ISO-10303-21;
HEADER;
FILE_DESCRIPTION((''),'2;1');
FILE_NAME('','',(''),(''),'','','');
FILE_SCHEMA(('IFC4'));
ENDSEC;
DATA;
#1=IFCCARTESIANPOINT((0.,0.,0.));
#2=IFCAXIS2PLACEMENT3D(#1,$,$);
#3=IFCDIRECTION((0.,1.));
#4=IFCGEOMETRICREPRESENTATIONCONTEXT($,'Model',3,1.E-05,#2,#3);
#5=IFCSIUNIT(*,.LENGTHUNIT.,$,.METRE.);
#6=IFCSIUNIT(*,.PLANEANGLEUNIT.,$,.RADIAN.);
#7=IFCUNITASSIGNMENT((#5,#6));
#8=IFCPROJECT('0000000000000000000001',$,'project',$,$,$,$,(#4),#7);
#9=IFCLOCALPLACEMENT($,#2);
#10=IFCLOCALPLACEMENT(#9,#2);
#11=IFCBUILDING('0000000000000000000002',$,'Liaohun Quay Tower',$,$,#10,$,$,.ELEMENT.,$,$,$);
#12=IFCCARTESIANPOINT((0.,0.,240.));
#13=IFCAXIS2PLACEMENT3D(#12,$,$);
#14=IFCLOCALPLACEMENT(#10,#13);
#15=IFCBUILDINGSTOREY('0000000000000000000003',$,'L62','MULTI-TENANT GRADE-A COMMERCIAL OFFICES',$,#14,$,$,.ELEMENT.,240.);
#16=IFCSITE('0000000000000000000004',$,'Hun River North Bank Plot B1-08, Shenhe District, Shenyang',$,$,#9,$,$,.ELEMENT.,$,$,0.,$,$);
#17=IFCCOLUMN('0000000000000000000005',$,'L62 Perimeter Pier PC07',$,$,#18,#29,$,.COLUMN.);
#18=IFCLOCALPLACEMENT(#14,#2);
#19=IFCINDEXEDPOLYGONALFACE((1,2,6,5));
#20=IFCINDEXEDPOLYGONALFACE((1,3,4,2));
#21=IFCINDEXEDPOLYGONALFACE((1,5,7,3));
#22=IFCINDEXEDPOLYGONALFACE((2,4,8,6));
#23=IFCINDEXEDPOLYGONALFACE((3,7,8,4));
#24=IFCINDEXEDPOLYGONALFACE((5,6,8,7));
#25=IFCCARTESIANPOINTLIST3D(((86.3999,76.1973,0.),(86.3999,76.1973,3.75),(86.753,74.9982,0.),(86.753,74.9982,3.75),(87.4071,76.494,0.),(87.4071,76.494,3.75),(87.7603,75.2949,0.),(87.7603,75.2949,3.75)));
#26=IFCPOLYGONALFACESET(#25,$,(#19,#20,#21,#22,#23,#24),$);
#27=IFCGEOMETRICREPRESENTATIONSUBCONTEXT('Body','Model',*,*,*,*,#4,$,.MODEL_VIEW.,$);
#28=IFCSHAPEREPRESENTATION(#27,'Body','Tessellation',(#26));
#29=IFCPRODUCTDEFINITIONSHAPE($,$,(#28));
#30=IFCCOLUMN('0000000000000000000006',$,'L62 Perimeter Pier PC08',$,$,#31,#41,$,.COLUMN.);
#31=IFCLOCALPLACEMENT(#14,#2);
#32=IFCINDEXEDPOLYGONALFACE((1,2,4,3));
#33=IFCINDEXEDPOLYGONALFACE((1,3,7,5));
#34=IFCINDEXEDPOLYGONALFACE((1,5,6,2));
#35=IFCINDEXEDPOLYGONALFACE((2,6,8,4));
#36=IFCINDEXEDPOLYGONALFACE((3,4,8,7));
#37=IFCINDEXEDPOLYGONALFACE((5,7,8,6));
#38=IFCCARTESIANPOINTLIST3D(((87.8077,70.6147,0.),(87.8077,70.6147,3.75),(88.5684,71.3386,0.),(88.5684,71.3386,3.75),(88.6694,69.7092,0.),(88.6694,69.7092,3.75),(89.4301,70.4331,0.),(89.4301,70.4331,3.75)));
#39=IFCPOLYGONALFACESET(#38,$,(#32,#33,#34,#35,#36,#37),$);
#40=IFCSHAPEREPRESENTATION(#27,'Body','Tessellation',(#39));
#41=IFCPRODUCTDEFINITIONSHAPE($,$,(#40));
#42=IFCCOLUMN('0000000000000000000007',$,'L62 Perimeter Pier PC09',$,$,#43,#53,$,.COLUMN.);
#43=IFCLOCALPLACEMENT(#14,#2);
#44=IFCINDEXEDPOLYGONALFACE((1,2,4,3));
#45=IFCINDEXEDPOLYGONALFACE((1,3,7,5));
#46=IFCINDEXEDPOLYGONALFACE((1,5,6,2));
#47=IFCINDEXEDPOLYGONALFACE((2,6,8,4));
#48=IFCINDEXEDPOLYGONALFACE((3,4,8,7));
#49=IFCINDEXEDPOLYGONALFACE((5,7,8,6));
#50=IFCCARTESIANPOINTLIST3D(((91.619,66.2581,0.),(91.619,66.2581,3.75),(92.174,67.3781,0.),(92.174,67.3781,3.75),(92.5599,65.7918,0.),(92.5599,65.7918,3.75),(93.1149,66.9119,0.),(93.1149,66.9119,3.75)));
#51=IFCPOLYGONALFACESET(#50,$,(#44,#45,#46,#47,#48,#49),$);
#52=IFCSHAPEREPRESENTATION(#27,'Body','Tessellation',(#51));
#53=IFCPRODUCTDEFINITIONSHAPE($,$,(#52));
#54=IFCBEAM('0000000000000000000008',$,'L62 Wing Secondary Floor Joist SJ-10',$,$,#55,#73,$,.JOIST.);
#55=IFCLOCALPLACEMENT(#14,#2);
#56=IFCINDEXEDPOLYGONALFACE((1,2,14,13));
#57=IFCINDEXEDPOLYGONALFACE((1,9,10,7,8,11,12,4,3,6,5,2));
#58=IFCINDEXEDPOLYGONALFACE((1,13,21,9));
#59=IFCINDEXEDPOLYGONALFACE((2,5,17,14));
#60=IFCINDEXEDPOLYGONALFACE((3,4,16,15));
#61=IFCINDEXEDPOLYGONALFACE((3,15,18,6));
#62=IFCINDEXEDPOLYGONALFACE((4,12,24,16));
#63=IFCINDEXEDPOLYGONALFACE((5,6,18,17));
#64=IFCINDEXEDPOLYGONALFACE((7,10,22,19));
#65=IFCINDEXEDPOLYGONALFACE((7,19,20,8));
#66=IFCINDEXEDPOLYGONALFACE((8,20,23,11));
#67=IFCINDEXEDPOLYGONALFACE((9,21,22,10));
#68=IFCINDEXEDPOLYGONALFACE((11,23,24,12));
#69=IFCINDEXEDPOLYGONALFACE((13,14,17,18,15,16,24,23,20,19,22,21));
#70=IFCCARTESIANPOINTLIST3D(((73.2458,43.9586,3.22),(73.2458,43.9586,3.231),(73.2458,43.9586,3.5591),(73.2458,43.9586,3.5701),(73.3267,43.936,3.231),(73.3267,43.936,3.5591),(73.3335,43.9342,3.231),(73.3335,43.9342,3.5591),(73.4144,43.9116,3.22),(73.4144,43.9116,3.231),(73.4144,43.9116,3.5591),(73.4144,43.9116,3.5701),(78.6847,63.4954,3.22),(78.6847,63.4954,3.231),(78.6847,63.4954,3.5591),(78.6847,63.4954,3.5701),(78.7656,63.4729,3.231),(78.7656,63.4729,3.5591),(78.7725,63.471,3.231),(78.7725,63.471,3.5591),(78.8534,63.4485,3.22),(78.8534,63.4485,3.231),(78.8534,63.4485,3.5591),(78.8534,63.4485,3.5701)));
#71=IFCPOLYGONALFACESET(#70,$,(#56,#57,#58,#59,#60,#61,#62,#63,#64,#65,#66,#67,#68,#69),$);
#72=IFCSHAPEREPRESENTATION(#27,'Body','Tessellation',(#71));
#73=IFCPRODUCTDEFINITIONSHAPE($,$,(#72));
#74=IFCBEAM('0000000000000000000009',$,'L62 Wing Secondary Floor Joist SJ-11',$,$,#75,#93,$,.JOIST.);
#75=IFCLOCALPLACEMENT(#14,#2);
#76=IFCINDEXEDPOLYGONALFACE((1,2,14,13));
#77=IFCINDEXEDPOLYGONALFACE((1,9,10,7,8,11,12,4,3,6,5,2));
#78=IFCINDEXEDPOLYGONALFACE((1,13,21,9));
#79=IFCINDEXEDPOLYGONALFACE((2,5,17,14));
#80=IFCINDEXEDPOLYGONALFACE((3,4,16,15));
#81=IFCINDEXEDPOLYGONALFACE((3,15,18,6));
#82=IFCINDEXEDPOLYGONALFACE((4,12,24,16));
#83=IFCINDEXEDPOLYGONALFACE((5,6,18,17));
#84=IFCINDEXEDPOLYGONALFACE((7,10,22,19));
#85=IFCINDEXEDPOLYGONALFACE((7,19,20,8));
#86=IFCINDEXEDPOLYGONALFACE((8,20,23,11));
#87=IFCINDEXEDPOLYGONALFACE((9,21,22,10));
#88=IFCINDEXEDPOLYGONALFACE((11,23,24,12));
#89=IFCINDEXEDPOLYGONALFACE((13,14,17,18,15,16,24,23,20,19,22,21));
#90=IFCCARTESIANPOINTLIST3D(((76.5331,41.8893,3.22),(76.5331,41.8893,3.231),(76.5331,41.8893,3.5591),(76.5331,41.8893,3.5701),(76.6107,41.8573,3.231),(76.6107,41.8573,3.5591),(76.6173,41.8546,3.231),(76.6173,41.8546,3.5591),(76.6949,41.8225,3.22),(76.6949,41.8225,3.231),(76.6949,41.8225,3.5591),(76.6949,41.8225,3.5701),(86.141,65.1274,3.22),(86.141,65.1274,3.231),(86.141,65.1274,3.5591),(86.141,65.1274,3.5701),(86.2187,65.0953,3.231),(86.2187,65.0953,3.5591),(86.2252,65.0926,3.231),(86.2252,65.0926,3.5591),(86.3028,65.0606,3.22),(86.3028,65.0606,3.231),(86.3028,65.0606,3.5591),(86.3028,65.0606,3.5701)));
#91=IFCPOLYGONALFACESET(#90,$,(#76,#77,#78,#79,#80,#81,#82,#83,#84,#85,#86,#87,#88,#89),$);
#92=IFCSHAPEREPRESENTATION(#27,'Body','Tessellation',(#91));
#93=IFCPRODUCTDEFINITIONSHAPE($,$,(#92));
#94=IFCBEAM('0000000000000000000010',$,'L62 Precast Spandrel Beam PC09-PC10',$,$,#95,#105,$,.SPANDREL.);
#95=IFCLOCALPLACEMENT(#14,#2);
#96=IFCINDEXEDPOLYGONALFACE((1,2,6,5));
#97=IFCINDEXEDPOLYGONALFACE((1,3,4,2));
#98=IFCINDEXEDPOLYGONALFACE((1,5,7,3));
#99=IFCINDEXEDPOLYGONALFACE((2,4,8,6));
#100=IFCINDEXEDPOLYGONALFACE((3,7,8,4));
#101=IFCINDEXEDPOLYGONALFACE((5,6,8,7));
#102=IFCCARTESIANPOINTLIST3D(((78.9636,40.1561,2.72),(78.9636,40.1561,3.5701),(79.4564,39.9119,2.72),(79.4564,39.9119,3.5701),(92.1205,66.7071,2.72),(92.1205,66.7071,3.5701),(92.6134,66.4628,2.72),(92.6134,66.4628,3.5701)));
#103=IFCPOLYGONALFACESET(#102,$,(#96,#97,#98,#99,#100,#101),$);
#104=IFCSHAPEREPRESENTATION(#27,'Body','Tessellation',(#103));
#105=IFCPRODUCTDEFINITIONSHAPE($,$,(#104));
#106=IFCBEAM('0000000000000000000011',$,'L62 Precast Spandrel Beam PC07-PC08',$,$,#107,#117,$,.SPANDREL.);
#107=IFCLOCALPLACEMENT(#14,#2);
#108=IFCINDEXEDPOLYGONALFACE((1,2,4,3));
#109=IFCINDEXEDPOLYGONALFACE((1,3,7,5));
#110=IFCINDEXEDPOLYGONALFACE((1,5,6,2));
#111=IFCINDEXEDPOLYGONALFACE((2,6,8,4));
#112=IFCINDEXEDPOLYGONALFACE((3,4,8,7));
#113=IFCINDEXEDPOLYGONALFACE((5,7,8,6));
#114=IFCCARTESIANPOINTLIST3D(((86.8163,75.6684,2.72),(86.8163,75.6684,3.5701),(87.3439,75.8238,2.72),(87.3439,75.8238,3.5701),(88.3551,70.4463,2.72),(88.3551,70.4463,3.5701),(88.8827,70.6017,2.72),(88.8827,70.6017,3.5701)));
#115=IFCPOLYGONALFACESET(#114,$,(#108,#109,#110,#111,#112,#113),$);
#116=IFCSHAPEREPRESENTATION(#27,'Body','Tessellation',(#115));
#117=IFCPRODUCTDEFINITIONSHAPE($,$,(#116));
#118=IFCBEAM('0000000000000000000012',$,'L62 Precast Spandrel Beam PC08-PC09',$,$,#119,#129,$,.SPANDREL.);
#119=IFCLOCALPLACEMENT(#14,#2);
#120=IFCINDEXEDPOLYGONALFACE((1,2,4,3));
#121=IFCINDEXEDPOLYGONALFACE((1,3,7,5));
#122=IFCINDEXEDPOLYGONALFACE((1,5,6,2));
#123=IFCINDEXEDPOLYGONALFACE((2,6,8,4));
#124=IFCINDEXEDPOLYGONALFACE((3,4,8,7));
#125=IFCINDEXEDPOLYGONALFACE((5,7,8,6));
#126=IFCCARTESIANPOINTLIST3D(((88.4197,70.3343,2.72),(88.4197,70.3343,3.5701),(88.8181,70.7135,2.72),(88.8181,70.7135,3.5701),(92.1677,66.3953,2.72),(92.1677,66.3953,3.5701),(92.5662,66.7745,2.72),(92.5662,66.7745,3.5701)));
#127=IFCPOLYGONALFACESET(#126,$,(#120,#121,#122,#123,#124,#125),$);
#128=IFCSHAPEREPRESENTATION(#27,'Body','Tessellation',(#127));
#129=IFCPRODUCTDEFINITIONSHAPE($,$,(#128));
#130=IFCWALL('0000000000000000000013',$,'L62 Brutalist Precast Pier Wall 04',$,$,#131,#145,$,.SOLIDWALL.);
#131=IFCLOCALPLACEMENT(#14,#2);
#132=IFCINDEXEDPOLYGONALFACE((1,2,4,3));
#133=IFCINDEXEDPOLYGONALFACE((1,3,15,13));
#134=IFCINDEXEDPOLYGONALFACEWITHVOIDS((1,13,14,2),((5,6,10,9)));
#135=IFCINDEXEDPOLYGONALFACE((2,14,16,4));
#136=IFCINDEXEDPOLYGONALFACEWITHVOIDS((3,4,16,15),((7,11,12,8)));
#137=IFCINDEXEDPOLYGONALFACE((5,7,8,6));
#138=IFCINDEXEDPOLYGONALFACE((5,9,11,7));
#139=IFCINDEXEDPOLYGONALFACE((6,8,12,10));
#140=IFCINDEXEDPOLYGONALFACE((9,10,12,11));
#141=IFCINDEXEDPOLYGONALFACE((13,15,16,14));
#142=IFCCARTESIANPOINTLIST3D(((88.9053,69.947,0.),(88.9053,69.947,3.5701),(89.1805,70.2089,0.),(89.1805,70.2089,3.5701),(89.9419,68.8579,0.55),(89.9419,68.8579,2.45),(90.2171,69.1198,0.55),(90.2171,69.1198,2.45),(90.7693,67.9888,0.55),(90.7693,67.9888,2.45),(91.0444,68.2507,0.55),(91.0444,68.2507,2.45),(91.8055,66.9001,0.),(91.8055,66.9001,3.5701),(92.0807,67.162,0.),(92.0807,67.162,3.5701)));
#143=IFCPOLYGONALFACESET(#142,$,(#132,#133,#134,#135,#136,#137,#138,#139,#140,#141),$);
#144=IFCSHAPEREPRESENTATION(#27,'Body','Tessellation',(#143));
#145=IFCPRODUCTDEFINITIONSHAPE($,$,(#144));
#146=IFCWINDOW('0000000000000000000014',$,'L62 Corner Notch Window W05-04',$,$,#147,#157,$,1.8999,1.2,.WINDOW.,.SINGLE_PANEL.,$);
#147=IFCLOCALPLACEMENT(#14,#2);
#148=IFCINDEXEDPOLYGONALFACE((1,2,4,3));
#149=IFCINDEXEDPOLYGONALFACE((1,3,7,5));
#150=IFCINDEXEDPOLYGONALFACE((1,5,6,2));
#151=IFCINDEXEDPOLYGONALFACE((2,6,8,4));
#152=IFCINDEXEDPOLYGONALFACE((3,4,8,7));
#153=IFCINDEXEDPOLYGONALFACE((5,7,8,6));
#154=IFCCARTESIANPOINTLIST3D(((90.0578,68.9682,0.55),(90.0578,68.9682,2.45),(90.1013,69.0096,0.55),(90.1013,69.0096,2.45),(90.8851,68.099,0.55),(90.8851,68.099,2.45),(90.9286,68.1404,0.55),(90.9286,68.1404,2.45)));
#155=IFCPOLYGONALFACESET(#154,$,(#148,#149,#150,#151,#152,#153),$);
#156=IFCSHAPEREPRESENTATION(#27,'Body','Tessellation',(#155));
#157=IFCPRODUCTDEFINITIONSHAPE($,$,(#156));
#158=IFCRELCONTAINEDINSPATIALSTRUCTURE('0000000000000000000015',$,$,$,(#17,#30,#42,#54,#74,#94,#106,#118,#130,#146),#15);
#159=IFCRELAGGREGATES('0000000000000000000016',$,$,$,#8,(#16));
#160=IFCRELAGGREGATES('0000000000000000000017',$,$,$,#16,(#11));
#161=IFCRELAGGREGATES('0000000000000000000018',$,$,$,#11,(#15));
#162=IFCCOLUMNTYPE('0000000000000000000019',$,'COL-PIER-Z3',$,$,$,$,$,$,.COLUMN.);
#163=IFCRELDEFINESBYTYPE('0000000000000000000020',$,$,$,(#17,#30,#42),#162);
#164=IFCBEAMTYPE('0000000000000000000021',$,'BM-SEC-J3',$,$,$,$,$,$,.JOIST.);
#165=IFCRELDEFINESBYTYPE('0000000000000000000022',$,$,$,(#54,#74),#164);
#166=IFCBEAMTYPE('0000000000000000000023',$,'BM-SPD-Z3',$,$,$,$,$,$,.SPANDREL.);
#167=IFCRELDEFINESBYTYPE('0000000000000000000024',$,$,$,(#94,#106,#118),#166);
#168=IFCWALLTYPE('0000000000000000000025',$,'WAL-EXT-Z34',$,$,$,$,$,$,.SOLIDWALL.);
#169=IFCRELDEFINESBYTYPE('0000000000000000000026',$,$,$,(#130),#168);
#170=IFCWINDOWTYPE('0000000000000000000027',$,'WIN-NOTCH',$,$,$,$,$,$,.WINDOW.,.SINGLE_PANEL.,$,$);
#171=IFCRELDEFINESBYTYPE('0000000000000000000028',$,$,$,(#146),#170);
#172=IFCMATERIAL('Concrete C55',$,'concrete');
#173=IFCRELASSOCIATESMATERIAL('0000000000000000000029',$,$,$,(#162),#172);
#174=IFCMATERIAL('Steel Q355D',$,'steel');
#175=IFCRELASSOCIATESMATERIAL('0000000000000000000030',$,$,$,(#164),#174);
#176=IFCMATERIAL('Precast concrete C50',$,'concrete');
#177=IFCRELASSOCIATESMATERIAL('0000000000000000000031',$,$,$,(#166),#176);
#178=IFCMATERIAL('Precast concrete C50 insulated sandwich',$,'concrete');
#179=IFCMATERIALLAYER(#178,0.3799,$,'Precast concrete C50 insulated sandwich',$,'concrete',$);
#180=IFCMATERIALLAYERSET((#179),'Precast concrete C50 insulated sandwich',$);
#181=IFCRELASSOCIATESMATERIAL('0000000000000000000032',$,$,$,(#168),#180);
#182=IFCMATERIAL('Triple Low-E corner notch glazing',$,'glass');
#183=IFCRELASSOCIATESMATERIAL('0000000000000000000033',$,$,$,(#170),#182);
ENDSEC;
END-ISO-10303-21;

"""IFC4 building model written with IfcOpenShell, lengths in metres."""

from ifc_helpers import new_model, si_unit, direction, frame, frame_2d, origin, origin_2d, place, context, subcontext, project, spatial, rectangle, i_section, extrude, source, transform, mapped, material, layer, layer_set, material_profile, profile_set, type_object, element, fill, save


model = new_model("IFC4")

# Units and contexts
model_context = context("Model", 3, precision=1e-05, world=origin(), true_north=direction((0.0, 1.0)))
body_context = subcontext(model_context, "Body", "Model", "MODEL_VIEW")
ifc_project = project(units=[si_unit("LENGTHUNIT", "METRE"), si_unit("PLANEANGLEUNIT", "RADIAN")], contexts=[model_context])

# Site, building, storey
site_placement = place(None, origin())
site = spatial("IfcSite", under=ifc_project, at=site_placement, Name="Hun River North Bank Plot B1-08, Shenhe District, Shenyang", CompositionType="ELEMENT", RefElevation=0.0)
building_placement = place(site_placement, origin())
building = spatial("IfcBuilding", under=site, at=building_placement, Name="Liaohun Quay Tower", CompositionType="ELEMENT")
storey_placement = place(building_placement, frame((0.0, 0.0, 240.0)))
storey = spatial("IfcBuildingStorey", under=building, at=storey_placement, Name="L62", Description="MULTI-TENANT GRADE-A COMMERCIAL OFFICES", CompositionType="ELEMENT", Elevation=240.0)

# Columns
ifc_material_1 = material(Name="Concrete C55", Category="concrete")
ifc_material_profile_1 = material_profile(ifc_material_1, rectangle(XDim=1.25, YDim=1.05, at=origin_2d()), Name="RC1250x1050")
ifc_profile_set_1 = profile_set([ifc_material_profile_1], Name="Concrete C55")
column_type = type_object("IfcColumnType", Name="COL-PIER-Z3", PredefinedType="COLUMN", material=ifc_profile_set_1)
shared_shape_1 = source(origin(), body_context, "Body", "SweptSolid", [
    extrude(rectangle(XDim=1.25, YDim=1.05, at=origin_2d()), origin(), (0.0, 0.0, 1.0), 3.75),
])
for number, where, z_axis, x_axis, name in (
    (1, (87.0801, 75.7461, 0.0), (0.0, 0.0, 1.0), (-0.282509, 0.959265, 0.0), "L62 Perimeter Pier PC07"),
    (2, (88.6189, 70.5239, 0.0), (0.0, 0.0, 1.0), (-0.689367, 0.724413, 0.0), "L62 Perimeter Pier PC08"),
    (3, (92.3669, 66.585, 0.0), (0.0, 0.0, 1.0), (0.44401, 0.896022, 0.0), "L62 Perimeter Pier PC09"),
):
    element("IfcColumn", number, at=place(storey_placement, frame(where, z_axis=z_axis, x_axis=x_axis)), inside=storey, type_object=column_type, Name=name, PredefinedType="COLUMN", context=body_context, shape_type="MappedRepresentation", body=[
        mapped(shared_shape_1, transform((0.0, 0.0, 0.0), x_axis=(1.0, 0.0, 0.0), y_axis=(0.0, 1.0, 0.0), z_axis=(0.0, 0.0, 1.0), scale=1.0)),
    ])

# Beams
ifc_material_2 = material(Name="Steel Q355D", Category="steel")
ifc_material_profile_2 = material_profile(ifc_material_2, i_section(OverallWidth=0.175, OverallDepth=0.3501, WebThickness=0.0071, FlangeThickness=0.011, at=origin_2d()), Name="HN350x175x7x11")
ifc_profile_set_2 = profile_set([ifc_material_profile_2], Name="Steel Q355D")
beam_type_1 = type_object("IfcBeamType", Name="BM-SEC-J3", PredefinedType="JOIST", material=ifc_profile_set_2)
shared_shape_2 = source(origin(), body_context, "Body", "SweptSolid", [
    extrude(i_section(OverallWidth=0.175, OverallDepth=0.3501, WebThickness=0.0071, FlangeThickness=0.011, at=origin_2d()), origin(), (0.0, 0.0, 1.0), 20.2798),
])
beam_1_placement = place(storey_placement, frame((78.769, 63.4719, 3.395), z_axis=(-0.268196, -0.963364, 0.0), x_axis=(0.963364, -0.268196, 0.0)))
element("IfcBeam", 4, at=beam_1_placement, inside=storey, type_object=beam_type_1, Name="L62 Wing Secondary Floor Joist SJ-10", PredefinedType="JOIST", context=body_context, shape_type="MappedRepresentation", body=[
    mapped(shared_shape_2, transform((0.0, 0.0, 0.0), x_axis=(1.0, 0.0, 0.0), y_axis=(0.0, 1.0, 0.0), z_axis=(0.0, 0.0, 1.0), scale=1.0)),
])
shared_shape_3 = source(origin(), body_context, "Body", "SweptSolid", [
    extrude(i_section(OverallWidth=0.175, OverallDepth=0.3501, WebThickness=0.0071, FlangeThickness=0.011, at=origin_2d()), origin(), (0.0, 0.0, 1.0), 25.146),
])
beam_2_placement = place(storey_placement, frame((86.2219, 65.094, 3.395), z_axis=(-0.382086, -0.924127, 0.0), x_axis=(0.924127, -0.382086, 0.0)))
element("IfcBeam", 5, at=beam_2_placement, inside=storey, type_object=beam_type_1, Name="L62 Wing Secondary Floor Joist SJ-11", PredefinedType="JOIST", context=body_context, shape_type="MappedRepresentation", body=[
    mapped(shared_shape_3, transform((0.0, 0.0, 0.0), x_axis=(1.0, 0.0, 0.0), y_axis=(0.0, 1.0, 0.0), z_axis=(0.0, 0.0, 1.0), scale=1.0)),
])
ifc_material_3 = material(Name="Precast concrete C50", Category="concrete")
ifc_material_profile_3 = material_profile(ifc_material_3, rectangle(XDim=0.55, YDim=0.8501, at=origin_2d()), Name="RC550x850")
ifc_profile_set_3 = profile_set([ifc_material_profile_3], Name="Precast concrete C50")
beam_type_2 = type_object("IfcBeamType", Name="BM-SPD-Z3", PredefinedType="SPANDREL", material=ifc_profile_set_3)
shared_shape_4 = source(origin(), body_context, "Body", "SweptSolid", [
    extrude(rectangle(XDim=0.55, YDim=0.8501, at=origin_2d()), origin(), (0.0, 0.0, 1.0), 29.6321),
])
beam_3_placement = place(storey_placement, frame((92.3669, 66.585, 3.145), z_axis=(-0.444011, -0.896021, 0.0), x_axis=(0.896021, -0.444011, 0.0)))
element("IfcBeam", 6, at=beam_3_placement, inside=storey, type_object=beam_type_2, Name="L62 Precast Spandrel Beam PC09-PC10", PredefinedType="SPANDREL", context=body_context, shape_type="MappedRepresentation", body=[
    mapped(shared_shape_4, transform((0.0, 0.0, 0.0), x_axis=(1.0, 0.0, 0.0), y_axis=(0.0, 1.0, 0.0), z_axis=(0.0, 0.0, 1.0), scale=1.0)),
])
shared_shape_5 = source(origin(), body_context, "Body", "SweptSolid", [
    extrude(rectangle(XDim=0.55, YDim=0.8501, at=origin_2d()), origin(), (0.0, 0.0, 1.0), 5.4441),
])
beam_4_placement = place(storey_placement, frame((87.0801, 75.7461, 3.145), z_axis=(0.282654, -0.959222, 0.0), x_axis=(0.959222, 0.282654, 0.0)))
element("IfcBeam", 7, at=beam_4_placement, inside=storey, type_object=beam_type_2, Name="L62 Precast Spandrel Beam PC07-PC08", PredefinedType="SPANDREL", context=body_context, shape_type="MappedRepresentation", body=[
    mapped(shared_shape_5, transform((0.0, 0.0, 0.0), x_axis=(1.0, 0.0, 0.0), y_axis=(0.0, 1.0, 0.0), z_axis=(0.0, 0.0, 1.0), scale=1.0)),
])
shared_shape_6 = source(origin(), body_context, "Body", "SweptSolid", [
    extrude(rectangle(XDim=0.55, YDim=0.8501, at=origin_2d()), origin(), (0.0, 0.0, 1.0), 5.4373),
])
beam_5_placement = place(storey_placement, frame((88.6189, 70.5239, 3.145), z_axis=(0.689332, -0.724445, 0.0), x_axis=(0.724445, 0.689332, 0.0)))
element("IfcBeam", 8, at=beam_5_placement, inside=storey, type_object=beam_type_2, Name="L62 Precast Spandrel Beam PC08-PC09", PredefinedType="SPANDREL", context=body_context, shape_type="MappedRepresentation", body=[
    mapped(shared_shape_6, transform((0.0, 0.0, 0.0), x_axis=(1.0, 0.0, 0.0), y_axis=(0.0, 1.0, 0.0), z_axis=(0.0, 0.0, 1.0), scale=1.0)),
])

# Wall, opening, window
ifc_material_4 = material(Name="Precast concrete C50 insulated sandwich", Category="concrete")
ifc_layer_1 = layer(ifc_material_4, 0.3799, Name="Precast concrete C50 insulated sandwich", Category="concrete")
ifc_layer_set_1 = layer_set([ifc_layer_1], Name="Precast concrete C50 insulated sandwich")
wall_type_1 = type_object("IfcWallType", Name="WAL-EXT-Z34", PredefinedType="SOLIDWALL", material=ifc_layer_set_1)
wall_1_placement = place(storey_placement, frame((91.9431, 67.031, 0.0), z_axis=(0.0, 0.0, 1.0), x_axis=(-0.689451, 0.724333, 0.0)))
wall_1 = element("IfcWall", 9, at=wall_1_placement, inside=storey, type_object=wall_type_1, Name="L62 Brutalist Precast Pier Wall 04", PredefinedType="SOLIDWALL", context=body_context, shape_type="SweptSolid", body=[
    extrude(rectangle(XDim=4.2065, YDim=0.3799, at=frame_2d((2.1033, 0.0))), origin(), (0.0, 0.0, 1.0), 3.5701),
])
shared_shape_7 = source(origin(), body_context, "Body", "SweptSolid", [
    extrude(rectangle(XDim=1.2, YDim=1.8999, at=frame_2d((0.6001, 0.95))), frame((0.0, 0.2, 0.0), z_axis=(0.0, -1.0, 0.0), x_axis=(1.0, 0.0, 0.0)), (0.0, 0.0, 1.0), 0.3999),
])
opening_1_placement = place(wall_1_placement, frame((1.5029, 0.0, 0.55)))
opening_1 = element("IfcOpeningElement", 10, at=opening_1_placement, cuts=wall_1, PredefinedType="OPENING", context=body_context, shape_type="MappedRepresentation", body=[
    mapped(shared_shape_7, transform((0.0, 0.0, 0.0), x_axis=(1.0, 0.0, 0.0), y_axis=(0.0, 1.0, 0.0), z_axis=(0.0, 0.0, 1.0), scale=1.0)),
])
ifc_material_5 = material(Name="Triple Low-E corner notch glazing", Category="glass")
window_type_1 = type_object("IfcWindowType", Name="WIN-NOTCH", PartitioningType="SINGLE_PANEL", PredefinedType="WINDOW", material=ifc_material_5)
shared_shape_8 = source(origin(), body_context, "Body", "SweptSolid", [
    extrude(rectangle(XDim=1.2, YDim=1.8999, at=frame_2d((0.6001, 0.95))), frame((0.0, 0.03, 0.0), z_axis=(0.0, -1.0, 0.0), x_axis=(1.0, 0.0, 0.0)), (0.0, 0.0, 1.0), 0.0601),
])
window_1_placement = place(opening_1_placement, origin())
window_1 = element("IfcWindow", 11, at=window_1_placement, inside=storey, type_object=window_type_1, Name="L62 Corner Notch Window W05-04", OverallHeight=1.8999, OverallWidth=1.2, PartitioningType="SINGLE_PANEL", PredefinedType="WINDOW", context=body_context, shape_type="MappedRepresentation", body=[
    mapped(shared_shape_8, transform((0.0, 0.0, 0.0), x_axis=(1.0, 0.0, 0.0), y_axis=(0.0, 1.0, 0.0), z_axis=(0.0, 0.0, 1.0), scale=1.0)),
])
fill(opening_1, window_1)

save(model, "model.ifc")
